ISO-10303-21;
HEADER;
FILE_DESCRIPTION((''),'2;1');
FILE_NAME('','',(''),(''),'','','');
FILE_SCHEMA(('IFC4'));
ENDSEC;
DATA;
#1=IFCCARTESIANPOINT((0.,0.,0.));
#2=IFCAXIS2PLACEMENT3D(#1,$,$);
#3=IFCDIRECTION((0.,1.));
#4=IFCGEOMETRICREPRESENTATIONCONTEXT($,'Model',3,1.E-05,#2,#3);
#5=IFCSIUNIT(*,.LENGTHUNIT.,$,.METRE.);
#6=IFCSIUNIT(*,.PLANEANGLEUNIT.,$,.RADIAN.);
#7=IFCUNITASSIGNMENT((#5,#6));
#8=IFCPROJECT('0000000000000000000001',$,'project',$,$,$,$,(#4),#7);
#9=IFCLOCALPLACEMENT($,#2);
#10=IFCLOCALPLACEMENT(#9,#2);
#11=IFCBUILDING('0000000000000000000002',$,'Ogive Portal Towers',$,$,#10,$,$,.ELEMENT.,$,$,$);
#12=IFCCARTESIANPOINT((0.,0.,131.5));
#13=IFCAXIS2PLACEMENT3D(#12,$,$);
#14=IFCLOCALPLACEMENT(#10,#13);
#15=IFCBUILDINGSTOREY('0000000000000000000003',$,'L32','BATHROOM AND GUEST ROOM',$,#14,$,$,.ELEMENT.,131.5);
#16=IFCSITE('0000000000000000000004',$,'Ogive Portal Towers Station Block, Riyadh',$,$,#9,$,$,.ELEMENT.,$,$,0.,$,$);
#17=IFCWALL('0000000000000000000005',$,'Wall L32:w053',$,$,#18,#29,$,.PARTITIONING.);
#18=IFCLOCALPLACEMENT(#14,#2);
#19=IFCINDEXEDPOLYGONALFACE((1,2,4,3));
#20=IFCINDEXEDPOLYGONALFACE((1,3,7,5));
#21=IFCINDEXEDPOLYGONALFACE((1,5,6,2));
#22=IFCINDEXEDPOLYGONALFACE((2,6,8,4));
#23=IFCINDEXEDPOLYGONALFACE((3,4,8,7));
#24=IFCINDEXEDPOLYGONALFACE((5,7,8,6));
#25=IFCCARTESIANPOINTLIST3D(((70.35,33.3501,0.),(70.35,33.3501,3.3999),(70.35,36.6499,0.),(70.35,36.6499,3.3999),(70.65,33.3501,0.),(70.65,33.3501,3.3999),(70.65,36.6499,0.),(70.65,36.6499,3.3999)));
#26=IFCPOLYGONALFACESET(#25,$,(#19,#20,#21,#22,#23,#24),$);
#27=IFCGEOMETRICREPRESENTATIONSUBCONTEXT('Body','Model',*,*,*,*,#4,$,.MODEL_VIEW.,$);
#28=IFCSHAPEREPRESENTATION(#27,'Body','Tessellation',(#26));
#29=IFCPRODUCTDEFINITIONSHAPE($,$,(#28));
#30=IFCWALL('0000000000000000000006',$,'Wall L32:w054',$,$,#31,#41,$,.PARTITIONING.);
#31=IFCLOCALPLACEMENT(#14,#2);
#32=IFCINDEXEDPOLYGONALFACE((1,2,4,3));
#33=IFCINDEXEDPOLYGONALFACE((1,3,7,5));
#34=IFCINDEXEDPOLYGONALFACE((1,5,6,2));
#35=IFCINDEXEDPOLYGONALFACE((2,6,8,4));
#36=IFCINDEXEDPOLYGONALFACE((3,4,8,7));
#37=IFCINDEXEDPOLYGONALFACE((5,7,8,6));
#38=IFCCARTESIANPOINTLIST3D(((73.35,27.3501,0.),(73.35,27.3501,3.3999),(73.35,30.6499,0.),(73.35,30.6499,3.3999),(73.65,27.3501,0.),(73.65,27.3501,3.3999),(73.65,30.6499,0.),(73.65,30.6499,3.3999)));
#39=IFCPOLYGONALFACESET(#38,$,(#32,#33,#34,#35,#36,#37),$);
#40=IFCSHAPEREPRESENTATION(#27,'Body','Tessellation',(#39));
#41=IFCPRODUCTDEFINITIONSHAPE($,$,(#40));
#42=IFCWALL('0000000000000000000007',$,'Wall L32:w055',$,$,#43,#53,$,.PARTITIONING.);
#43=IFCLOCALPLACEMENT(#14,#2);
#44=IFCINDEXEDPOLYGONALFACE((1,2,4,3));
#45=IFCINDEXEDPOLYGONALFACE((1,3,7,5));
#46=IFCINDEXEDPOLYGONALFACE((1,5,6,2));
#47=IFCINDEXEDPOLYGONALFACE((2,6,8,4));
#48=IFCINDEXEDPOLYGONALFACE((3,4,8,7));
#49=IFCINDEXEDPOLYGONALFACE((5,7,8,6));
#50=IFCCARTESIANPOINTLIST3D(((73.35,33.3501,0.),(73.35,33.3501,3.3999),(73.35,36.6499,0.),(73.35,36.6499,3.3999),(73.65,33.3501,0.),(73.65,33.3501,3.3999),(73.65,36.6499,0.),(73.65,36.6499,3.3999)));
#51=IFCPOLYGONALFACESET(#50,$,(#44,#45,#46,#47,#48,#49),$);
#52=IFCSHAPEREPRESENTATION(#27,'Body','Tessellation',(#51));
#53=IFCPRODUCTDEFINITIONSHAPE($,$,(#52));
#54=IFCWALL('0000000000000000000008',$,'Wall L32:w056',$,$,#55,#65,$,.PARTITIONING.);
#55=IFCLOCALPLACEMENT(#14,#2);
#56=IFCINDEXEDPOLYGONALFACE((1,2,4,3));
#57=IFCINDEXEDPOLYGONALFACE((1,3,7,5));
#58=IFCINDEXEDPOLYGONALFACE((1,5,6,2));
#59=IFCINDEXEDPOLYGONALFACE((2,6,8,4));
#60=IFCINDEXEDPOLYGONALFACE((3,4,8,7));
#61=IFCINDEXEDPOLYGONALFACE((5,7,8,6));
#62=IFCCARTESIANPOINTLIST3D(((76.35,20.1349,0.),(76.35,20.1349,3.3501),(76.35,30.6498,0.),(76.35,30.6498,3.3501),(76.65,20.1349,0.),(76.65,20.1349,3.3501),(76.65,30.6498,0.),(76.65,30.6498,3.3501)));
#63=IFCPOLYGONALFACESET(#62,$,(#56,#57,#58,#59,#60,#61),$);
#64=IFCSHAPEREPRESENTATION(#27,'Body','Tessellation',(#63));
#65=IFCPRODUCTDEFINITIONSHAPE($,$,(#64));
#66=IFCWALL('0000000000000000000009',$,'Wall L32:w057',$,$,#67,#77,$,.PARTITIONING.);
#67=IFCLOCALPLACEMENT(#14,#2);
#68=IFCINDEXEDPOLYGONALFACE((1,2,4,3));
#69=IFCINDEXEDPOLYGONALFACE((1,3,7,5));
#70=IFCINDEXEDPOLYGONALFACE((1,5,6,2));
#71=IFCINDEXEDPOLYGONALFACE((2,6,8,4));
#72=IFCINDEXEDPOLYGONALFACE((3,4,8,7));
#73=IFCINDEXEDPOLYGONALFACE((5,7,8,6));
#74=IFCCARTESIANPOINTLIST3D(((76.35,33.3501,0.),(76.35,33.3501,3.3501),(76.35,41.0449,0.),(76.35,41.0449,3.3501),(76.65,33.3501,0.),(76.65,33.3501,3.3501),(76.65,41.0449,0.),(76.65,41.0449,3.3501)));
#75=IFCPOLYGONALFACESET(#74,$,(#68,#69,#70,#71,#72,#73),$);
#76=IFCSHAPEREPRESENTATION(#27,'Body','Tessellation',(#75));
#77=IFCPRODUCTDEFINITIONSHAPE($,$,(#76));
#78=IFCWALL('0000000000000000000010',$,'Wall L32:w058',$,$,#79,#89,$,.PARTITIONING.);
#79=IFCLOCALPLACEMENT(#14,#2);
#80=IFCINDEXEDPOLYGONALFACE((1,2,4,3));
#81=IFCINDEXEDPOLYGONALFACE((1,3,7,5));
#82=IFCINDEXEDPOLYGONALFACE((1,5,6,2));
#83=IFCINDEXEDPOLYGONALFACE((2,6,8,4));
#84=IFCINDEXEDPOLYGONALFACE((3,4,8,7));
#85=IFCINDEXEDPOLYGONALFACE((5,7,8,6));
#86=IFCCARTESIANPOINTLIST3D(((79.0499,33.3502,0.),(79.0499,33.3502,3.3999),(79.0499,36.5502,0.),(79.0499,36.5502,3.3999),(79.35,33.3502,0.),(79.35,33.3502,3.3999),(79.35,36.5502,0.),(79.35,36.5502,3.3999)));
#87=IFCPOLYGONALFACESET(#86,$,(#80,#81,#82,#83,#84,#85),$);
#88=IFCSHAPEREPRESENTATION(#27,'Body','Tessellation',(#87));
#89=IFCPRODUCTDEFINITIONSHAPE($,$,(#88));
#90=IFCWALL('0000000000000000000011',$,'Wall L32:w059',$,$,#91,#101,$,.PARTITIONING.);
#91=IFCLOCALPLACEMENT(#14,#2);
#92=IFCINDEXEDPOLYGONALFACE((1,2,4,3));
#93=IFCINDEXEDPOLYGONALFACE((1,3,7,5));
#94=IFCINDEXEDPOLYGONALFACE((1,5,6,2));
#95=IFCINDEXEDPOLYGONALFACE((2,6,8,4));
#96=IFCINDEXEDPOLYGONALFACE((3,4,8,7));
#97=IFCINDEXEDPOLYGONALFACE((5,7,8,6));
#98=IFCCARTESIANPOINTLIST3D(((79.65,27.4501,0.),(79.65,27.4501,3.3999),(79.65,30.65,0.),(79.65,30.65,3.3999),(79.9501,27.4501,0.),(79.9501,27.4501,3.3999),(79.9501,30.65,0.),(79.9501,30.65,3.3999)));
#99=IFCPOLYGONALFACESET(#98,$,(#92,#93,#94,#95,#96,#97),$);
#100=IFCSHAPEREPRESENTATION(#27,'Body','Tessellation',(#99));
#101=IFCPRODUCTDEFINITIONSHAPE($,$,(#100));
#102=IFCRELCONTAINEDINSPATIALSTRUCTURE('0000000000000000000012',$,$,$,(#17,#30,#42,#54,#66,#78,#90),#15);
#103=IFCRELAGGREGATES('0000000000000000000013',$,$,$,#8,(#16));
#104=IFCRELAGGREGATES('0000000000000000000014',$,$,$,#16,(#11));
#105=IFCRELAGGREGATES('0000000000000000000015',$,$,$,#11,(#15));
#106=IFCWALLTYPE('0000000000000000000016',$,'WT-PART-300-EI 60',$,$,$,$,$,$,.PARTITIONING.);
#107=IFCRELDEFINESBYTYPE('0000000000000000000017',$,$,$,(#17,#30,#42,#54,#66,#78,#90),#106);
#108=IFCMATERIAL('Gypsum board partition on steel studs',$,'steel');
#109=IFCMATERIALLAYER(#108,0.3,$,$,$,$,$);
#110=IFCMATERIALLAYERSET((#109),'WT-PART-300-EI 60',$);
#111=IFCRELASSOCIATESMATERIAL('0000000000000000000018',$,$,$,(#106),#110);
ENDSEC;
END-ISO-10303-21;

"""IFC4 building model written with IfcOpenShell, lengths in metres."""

from ifc_helpers import new_model, si_unit, direction, frame, frame_2d, origin, place, context, subcontext, project, spatial, rectangle, extrude, material, layer, layer_set, type_object, element, save


model = new_model("IFC4")

# Units and contexts
model_context = context("Model", 3, precision=1e-05, world=origin(), true_north=direction((0.0, 1.0)))
body_context = subcontext(model_context, "Body", "Model", "MODEL_VIEW")
ifc_project = project(units=[si_unit("LENGTHUNIT", "METRE"), si_unit("PLANEANGLEUNIT", "RADIAN")], contexts=[model_context])

# Site, building, storey
site_placement = place(None, origin())
site = spatial("IfcSite", under=ifc_project, at=site_placement, Name="Ogive Portal Towers Station Block, Riyadh", CompositionType="ELEMENT", RefElevation=0.0)
building_placement = place(site_placement, origin())
building = spatial("IfcBuilding", under=site, at=building_placement, Name="Ogive Portal Towers", CompositionType="ELEMENT")
storey_placement = place(building_placement, frame((0.0, 0.0, 131.5)))
storey = spatial("IfcBuildingStorey", under=building, at=storey_placement, Name="L32", Description="BATHROOM AND GUEST ROOM", CompositionType="ELEMENT", Elevation=131.5)

# Shared definitions
ifc_material_1 = material(Name="Gypsum board partition on steel studs", Category="steel")
ifc_layer = layer(ifc_material_1, 0.3)
ifc_layer_set = layer_set([ifc_layer], Name="WT-PART-300-EI 60")
wall_type = type_object("IfcWallType", Name="WT-PART-300-EI 60", PredefinedType="PARTITIONING", material=ifc_layer_set)

# Walls
for number, where, z_axis, x_axis, name in (
    (1, (70.5, 33.3501, 0.0), (0.0, 0.0, 1.0), (0.0, 1.0, 0.0), "Wall L32:w053"),
    (2, (73.5, 27.3501, 0.0), (0.0, 0.0, 1.0), (0.0, 1.0, 0.0), "Wall L32:w054"),
    (3, (73.5, 33.3501, 0.0), (0.0, 0.0, 1.0), (0.0, 1.0, 0.0), "Wall L32:w055"),
):
    element("IfcWall", number, at=place(storey_placement, frame(where, z_axis=z_axis, x_axis=x_axis)), inside=storey, type_object=wall_type, Name=name, PredefinedType="PARTITIONING", context=body_context, shape_type="SweptSolid", body=[
        extrude(rectangle(XDim=3.2998, YDim=0.3, at=frame_2d((1.6499, 0.0))), origin(), (0.0, 0.0, 1.0), 3.3999),
    ])
wall_1_placement = place(storey_placement, frame((76.5, 20.135, 0.0), z_axis=(0.0, 0.0, 1.0), x_axis=(0.0, 1.0, 0.0)))
element("IfcWall", 4, at=wall_1_placement, inside=storey, type_object=wall_type, Name="Wall L32:w056", PredefinedType="PARTITIONING", context=body_context, shape_type="SweptSolid", body=[
    extrude(rectangle(XDim=10.5149, YDim=0.3, at=frame_2d((5.2573, 0.0))), origin(), (0.0, 0.0, 1.0), 3.3501),
])
wall_2_placement = place(storey_placement, frame((76.5, 33.3501, 0.0), z_axis=(0.0, 0.0, 1.0), x_axis=(0.0, 1.0, 0.0)))
element("IfcWall", 5, at=wall_2_placement, inside=storey, type_object=wall_type, Name="Wall L32:w057", PredefinedType="PARTITIONING", context=body_context, shape_type="SweptSolid", body=[
    extrude(rectangle(XDim=7.6948, YDim=0.3, at=frame_2d((3.8474, 0.0))), origin(), (0.0, 0.0, 1.0), 3.3501),
])
for number, where, z_axis, x_axis, name in (
    (6, (79.2, 33.3501, 0.0), (0.0, 0.0, 1.0), (0.0, 1.0, 0.0), "Wall L32:w058"),
    (7, (79.8, 27.45, 0.0), (0.0, 0.0, 1.0), (0.0, 1.0, 0.0), "Wall L32:w059"),
):
    element("IfcWall", number, at=place(storey_placement, frame(where, z_axis=z_axis, x_axis=x_axis)), inside=storey, type_object=wall_type, Name=name, PredefinedType="PARTITIONING", context=body_context, shape_type="SweptSolid", body=[
        extrude(rectangle(XDim=3.2, YDim=0.3, at=frame_2d((1.6001, 0.0))), origin(), (0.0, 0.0, 1.0), 3.3999),
    ])

save(model, "model.ifc")
